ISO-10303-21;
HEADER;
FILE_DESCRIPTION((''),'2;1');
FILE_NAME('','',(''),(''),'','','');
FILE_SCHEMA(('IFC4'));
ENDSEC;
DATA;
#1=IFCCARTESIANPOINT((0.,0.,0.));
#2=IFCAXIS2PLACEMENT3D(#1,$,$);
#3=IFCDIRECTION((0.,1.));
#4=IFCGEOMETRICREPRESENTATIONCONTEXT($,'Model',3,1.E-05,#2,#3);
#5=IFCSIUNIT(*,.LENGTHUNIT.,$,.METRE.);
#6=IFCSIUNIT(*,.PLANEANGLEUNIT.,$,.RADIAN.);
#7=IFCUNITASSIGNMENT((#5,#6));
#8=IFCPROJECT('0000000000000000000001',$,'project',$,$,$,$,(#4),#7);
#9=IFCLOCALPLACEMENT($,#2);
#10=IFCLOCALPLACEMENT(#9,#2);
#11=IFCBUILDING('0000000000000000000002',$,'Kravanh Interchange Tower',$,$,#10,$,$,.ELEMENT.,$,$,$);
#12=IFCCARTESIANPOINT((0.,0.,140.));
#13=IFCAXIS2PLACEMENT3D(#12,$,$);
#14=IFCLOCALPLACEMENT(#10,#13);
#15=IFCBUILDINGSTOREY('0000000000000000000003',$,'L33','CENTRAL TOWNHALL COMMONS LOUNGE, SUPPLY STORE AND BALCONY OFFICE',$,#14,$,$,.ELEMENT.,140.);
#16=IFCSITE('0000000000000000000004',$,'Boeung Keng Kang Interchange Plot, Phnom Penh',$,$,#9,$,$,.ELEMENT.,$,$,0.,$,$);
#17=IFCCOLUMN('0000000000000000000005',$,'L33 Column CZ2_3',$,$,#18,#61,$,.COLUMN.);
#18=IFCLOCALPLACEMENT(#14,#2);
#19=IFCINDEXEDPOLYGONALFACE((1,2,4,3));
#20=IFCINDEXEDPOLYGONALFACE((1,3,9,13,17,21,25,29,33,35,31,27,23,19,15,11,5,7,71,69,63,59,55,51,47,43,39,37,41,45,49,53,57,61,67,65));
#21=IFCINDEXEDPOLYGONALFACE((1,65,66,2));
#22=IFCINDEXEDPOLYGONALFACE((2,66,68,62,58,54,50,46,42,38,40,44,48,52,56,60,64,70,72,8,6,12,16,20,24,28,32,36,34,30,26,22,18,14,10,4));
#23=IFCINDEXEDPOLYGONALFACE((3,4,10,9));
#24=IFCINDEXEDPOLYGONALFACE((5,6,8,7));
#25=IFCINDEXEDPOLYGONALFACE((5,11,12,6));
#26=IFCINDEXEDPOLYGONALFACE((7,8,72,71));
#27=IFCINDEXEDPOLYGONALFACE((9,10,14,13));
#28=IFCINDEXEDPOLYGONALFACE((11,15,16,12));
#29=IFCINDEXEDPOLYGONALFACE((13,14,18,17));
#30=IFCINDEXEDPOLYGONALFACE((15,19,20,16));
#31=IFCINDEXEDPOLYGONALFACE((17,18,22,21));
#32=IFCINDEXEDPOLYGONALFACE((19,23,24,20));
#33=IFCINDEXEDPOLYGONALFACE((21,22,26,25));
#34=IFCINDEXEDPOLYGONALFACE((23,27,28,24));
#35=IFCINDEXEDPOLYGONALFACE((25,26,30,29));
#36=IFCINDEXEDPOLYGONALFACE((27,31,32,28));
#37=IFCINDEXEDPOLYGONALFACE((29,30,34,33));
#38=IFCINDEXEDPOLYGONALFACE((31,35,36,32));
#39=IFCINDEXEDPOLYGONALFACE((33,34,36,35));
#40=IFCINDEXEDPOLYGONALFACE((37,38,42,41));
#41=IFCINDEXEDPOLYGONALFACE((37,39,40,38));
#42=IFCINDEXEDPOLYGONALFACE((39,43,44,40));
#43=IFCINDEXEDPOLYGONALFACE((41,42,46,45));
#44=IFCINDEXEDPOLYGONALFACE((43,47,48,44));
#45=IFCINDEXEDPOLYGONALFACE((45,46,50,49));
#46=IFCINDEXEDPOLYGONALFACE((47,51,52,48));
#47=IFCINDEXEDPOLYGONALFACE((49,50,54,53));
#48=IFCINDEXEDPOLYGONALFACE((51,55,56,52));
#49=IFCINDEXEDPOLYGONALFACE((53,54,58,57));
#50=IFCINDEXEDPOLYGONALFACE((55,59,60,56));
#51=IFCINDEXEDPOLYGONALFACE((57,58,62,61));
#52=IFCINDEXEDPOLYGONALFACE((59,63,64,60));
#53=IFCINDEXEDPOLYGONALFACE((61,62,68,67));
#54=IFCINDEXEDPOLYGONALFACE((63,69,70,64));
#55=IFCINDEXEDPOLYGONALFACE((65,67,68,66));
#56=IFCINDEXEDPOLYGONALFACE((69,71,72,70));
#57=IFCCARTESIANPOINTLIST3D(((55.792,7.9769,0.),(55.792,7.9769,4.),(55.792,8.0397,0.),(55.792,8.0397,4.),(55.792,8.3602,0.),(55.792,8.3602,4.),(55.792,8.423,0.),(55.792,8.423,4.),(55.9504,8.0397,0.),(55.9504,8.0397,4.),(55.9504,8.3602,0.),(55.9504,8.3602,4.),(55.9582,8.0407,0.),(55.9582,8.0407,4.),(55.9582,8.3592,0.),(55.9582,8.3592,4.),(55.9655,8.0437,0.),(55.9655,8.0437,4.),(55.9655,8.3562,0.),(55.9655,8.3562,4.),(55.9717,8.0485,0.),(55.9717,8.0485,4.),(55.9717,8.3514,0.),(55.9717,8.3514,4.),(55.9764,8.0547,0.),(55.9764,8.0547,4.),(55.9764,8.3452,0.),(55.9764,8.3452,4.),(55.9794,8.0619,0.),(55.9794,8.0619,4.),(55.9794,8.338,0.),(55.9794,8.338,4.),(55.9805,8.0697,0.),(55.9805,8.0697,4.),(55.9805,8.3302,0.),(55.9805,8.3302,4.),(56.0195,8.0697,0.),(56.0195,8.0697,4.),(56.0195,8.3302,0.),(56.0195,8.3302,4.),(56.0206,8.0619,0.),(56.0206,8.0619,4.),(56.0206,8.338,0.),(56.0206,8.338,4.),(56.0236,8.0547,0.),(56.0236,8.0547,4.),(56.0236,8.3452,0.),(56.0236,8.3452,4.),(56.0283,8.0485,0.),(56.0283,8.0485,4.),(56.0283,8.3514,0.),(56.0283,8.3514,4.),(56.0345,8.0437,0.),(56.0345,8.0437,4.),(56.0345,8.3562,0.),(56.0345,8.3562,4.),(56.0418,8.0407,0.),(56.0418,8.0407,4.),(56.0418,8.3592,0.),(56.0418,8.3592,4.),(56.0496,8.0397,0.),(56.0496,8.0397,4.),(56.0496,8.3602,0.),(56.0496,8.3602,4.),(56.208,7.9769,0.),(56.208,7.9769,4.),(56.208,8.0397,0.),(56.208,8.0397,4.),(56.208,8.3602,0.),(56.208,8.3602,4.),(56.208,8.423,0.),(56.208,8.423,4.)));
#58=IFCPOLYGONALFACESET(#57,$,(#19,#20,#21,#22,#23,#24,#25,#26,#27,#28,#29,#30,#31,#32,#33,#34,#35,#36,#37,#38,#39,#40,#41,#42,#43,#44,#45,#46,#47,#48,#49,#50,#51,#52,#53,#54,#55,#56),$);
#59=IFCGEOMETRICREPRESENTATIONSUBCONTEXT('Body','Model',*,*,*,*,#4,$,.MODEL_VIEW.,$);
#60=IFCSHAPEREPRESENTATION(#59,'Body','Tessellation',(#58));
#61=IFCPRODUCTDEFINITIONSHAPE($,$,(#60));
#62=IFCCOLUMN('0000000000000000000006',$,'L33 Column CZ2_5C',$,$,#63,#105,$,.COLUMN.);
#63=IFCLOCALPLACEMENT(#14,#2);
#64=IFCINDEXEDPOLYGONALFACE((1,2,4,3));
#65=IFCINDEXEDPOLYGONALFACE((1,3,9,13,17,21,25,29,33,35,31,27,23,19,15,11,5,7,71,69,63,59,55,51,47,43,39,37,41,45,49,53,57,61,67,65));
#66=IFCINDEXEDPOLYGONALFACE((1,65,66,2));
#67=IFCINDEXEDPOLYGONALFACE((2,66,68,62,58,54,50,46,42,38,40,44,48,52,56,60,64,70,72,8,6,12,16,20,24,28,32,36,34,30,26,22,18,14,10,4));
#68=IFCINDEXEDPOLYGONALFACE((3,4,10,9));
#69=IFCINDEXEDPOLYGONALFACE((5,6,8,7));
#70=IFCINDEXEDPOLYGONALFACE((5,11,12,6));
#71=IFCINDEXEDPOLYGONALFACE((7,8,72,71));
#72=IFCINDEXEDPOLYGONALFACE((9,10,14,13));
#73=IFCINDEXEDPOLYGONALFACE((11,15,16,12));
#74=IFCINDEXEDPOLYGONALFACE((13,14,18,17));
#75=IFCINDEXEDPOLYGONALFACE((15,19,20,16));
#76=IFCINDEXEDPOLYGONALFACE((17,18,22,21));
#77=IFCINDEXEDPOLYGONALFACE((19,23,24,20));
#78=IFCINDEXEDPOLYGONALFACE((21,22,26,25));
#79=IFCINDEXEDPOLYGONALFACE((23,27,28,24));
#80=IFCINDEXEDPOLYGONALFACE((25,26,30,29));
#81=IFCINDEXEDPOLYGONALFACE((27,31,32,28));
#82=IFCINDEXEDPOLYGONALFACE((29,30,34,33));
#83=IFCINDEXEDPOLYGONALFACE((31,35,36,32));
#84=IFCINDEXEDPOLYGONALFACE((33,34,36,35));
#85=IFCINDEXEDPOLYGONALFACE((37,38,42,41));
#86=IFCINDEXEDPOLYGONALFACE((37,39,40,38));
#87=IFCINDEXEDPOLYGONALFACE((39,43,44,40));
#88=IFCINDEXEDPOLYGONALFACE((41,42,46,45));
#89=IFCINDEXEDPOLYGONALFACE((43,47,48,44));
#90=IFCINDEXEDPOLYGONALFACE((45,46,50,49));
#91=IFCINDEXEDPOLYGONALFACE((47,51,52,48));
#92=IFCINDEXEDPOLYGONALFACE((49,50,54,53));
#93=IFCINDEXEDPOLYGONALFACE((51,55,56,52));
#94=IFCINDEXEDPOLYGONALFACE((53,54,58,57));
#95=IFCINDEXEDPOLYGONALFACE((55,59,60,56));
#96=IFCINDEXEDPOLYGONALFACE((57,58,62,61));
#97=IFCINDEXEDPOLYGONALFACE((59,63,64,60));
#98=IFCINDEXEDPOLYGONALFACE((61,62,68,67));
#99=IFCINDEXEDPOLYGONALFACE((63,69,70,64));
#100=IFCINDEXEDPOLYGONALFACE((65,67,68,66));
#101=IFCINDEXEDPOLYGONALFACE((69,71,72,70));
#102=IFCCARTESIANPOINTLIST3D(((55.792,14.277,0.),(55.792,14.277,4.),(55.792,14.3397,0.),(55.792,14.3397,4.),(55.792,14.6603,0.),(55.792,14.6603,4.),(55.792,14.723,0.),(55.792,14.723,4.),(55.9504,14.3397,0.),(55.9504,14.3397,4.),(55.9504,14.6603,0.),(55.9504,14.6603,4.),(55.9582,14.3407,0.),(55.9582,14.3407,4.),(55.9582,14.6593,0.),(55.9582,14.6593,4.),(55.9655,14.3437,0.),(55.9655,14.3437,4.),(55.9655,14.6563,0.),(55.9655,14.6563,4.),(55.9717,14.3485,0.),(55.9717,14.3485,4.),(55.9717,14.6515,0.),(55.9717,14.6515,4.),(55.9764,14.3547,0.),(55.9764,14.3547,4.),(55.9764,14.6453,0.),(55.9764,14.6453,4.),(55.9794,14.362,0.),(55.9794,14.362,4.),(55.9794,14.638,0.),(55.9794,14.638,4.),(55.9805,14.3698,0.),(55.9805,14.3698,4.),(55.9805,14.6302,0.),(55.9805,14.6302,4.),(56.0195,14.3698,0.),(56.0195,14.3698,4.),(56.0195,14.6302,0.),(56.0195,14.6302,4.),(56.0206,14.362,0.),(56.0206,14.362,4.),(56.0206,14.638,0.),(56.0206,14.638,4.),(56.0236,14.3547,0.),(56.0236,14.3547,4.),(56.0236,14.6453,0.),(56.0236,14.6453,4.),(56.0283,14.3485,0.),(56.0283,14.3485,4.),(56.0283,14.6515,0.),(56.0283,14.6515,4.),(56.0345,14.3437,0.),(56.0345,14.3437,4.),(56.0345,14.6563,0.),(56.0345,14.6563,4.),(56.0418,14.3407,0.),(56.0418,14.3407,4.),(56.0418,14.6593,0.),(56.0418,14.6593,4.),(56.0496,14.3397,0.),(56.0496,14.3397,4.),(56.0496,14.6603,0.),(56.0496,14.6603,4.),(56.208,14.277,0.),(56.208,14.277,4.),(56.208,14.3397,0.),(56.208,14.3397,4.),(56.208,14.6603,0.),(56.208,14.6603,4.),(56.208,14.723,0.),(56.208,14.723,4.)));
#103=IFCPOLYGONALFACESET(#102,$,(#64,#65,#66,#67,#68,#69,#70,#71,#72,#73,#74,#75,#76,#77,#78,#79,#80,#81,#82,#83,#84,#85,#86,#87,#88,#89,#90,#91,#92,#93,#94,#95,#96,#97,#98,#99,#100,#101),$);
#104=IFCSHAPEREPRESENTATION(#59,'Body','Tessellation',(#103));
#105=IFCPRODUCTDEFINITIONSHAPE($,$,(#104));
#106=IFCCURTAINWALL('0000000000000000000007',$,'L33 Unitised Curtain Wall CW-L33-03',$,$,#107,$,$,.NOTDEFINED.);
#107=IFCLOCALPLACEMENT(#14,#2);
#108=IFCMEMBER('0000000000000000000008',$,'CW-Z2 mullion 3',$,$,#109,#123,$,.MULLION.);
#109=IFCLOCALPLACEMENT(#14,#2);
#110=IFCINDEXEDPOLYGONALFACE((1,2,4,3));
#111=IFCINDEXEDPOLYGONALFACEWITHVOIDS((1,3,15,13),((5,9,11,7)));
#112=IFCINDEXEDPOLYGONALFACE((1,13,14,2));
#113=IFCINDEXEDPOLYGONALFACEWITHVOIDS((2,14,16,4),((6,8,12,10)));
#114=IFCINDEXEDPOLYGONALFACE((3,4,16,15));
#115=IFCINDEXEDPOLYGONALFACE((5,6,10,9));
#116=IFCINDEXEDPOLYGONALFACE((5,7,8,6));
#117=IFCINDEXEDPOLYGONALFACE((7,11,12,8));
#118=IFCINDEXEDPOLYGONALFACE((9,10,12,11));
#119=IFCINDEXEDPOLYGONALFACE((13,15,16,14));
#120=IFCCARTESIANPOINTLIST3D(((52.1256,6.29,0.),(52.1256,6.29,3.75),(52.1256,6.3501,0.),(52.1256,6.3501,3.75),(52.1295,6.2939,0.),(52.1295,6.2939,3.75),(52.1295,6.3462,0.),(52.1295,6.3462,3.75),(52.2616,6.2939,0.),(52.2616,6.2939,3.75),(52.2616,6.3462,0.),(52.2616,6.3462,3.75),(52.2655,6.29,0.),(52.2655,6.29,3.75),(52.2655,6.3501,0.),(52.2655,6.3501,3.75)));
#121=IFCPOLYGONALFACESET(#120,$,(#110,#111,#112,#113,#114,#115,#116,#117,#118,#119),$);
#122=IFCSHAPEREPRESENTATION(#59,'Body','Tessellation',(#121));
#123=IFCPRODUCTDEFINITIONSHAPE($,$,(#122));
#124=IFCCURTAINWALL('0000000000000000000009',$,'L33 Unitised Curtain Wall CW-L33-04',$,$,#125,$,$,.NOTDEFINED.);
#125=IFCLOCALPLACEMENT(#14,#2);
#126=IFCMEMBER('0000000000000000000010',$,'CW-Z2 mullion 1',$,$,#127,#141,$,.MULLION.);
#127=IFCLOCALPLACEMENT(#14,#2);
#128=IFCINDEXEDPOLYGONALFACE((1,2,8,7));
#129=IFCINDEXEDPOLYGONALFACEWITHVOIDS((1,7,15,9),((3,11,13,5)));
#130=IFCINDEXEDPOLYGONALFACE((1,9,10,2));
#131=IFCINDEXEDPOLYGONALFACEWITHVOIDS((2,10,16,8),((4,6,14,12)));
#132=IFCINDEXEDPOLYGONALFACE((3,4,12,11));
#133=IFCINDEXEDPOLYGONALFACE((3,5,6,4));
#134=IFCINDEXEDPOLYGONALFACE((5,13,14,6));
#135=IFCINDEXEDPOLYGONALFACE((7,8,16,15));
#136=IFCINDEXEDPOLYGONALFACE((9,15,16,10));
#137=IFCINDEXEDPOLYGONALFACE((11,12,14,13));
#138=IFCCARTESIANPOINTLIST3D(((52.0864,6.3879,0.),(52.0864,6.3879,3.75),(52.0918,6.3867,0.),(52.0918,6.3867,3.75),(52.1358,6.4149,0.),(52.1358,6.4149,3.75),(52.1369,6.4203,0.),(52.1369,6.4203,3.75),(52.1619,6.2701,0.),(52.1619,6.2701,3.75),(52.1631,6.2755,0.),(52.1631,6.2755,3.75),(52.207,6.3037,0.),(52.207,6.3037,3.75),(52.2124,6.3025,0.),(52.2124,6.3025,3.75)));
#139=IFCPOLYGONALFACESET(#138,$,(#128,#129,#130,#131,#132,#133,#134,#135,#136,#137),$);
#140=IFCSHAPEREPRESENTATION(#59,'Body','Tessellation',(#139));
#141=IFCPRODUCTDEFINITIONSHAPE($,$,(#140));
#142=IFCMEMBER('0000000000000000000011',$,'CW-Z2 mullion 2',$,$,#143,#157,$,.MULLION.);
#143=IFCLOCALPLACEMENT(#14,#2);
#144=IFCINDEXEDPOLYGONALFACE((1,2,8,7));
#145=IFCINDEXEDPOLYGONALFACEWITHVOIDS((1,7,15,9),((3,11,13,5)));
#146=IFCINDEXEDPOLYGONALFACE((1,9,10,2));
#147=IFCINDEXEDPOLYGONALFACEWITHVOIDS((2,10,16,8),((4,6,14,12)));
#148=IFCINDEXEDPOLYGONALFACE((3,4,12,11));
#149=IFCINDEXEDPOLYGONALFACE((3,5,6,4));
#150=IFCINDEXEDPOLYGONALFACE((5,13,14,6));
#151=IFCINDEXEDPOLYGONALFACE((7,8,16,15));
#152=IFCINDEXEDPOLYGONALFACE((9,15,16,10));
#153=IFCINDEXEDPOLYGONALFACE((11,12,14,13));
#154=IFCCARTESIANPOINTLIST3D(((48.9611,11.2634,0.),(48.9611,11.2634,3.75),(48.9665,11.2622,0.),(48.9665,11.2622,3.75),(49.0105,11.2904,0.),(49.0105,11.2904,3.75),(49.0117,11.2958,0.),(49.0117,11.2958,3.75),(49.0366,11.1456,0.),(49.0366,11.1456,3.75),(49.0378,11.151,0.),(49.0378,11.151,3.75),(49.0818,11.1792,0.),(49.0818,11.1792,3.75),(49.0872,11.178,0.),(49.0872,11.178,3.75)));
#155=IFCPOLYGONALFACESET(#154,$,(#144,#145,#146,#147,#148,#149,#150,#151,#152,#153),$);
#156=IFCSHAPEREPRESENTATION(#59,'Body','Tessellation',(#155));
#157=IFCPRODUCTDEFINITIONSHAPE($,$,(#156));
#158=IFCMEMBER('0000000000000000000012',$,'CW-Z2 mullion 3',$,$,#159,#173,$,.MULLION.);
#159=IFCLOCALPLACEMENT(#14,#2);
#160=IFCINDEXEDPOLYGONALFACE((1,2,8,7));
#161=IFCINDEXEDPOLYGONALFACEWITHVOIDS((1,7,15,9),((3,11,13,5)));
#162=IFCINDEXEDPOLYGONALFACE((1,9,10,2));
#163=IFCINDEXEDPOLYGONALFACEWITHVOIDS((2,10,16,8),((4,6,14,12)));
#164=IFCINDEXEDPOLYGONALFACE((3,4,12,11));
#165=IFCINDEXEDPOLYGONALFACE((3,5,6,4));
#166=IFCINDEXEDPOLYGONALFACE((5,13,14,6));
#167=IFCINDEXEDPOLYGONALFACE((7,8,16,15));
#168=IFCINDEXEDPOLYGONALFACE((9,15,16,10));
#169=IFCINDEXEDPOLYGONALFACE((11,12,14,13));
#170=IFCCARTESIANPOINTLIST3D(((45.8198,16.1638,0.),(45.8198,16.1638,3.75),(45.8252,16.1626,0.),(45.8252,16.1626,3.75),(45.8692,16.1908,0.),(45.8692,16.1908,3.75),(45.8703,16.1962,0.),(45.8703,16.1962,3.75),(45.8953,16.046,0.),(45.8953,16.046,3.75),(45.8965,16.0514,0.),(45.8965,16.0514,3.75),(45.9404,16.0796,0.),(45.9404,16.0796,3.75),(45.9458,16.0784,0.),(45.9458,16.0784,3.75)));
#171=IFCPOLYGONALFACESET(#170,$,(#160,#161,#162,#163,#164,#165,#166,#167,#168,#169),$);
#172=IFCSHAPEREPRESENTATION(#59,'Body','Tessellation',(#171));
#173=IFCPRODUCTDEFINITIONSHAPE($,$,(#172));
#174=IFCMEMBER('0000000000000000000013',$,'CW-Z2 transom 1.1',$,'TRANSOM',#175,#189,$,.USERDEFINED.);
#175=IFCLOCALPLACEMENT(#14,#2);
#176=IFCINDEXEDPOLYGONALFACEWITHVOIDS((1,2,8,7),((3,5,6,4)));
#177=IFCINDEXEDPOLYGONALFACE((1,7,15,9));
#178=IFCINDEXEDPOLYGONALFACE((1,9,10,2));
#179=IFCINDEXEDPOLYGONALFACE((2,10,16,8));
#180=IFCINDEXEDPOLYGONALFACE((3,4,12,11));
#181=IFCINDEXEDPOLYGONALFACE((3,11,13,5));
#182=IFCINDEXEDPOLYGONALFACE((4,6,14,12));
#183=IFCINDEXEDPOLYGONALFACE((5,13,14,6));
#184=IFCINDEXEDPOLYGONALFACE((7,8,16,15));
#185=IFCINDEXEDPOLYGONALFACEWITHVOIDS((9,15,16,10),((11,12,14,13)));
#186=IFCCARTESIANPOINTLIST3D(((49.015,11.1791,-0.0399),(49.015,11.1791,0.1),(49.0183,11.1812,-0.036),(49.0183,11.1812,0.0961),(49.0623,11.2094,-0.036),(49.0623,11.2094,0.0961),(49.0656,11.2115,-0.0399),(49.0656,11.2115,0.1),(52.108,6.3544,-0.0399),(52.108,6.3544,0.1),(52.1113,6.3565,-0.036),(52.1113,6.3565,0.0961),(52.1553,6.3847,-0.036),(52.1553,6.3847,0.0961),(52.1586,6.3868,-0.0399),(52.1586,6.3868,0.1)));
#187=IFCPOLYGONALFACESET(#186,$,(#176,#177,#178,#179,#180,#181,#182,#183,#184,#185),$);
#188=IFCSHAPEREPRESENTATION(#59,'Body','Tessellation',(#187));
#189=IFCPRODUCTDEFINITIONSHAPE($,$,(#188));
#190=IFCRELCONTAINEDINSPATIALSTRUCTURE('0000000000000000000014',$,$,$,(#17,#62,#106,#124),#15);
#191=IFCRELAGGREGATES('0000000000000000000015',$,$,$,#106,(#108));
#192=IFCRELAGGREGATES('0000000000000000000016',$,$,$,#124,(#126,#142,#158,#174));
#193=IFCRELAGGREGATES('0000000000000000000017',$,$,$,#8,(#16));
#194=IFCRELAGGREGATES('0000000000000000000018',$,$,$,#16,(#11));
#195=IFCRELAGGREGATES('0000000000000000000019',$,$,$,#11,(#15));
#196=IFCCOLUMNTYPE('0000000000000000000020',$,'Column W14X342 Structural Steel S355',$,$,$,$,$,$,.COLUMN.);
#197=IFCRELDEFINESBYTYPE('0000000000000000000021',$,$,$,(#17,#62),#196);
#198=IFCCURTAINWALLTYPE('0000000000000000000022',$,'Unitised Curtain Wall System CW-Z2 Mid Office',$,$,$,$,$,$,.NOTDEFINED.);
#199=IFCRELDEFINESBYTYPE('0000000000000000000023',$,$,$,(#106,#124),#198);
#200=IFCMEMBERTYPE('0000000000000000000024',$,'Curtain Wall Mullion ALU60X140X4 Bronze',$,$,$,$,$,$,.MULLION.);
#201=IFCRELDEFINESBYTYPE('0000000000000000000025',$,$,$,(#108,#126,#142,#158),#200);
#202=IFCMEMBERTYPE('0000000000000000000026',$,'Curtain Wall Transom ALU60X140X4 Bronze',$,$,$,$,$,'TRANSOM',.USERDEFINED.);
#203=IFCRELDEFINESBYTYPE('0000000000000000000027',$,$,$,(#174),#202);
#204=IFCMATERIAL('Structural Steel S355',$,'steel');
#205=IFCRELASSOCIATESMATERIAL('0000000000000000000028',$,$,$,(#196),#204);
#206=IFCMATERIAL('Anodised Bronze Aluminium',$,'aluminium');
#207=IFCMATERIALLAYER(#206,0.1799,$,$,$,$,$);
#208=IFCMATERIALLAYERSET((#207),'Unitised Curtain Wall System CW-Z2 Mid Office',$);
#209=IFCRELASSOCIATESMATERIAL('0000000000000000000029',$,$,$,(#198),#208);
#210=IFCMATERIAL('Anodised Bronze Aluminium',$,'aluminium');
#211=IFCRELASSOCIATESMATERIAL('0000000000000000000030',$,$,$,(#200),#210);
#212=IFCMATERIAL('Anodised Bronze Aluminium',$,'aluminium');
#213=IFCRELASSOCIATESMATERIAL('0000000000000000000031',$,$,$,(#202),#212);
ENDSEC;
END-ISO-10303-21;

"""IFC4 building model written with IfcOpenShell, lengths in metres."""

from ifc_helpers import new_model, si_unit, direction, frame, origin, origin_2d, place, context, subcontext, project, spatial, hollow_rectangle, i_section, extrude, material, layer, layer_set, material_profile, profile_set, type_object, element, aggregate, save


model = new_model("IFC4")

# Units and contexts
model_context = context("Model", 3, precision=1e-05, world=origin(), true_north=direction((0.0, 1.0)))
body_context = subcontext(model_context, "Body", "Model", "MODEL_VIEW")
ifc_project = project(units=[si_unit("LENGTHUNIT", "METRE"), si_unit("PLANEANGLEUNIT", "RADIAN")], contexts=[model_context])

# Site, building, storey
site_placement = place(None, origin())
site = spatial("IfcSite", under=ifc_project, at=site_placement, Name="Boeung Keng Kang Interchange Plot, Phnom Penh", CompositionType="ELEMENT", RefElevation=0.0)
building_placement = place(site_placement, origin())
building = spatial("IfcBuilding", under=site, at=building_placement, Name="Kravanh Interchange Tower", CompositionType="ELEMENT")
storey_placement = place(building_placement, frame((0.0, 0.0, 140.0)))
storey = spatial("IfcBuildingStorey", under=building, at=storey_placement, Name="L33", Description="CENTRAL TOWNHALL COMMONS LOUNGE, SUPPLY STORE AND BALCONY OFFICE", CompositionType="ELEMENT", Elevation=140.0)

# Columns
ifc_material_1 = material(Name="Structural Steel S355", Category="steel")
ifc_material_profile_1 = material_profile(ifc_material_1, i_section(OverallWidth=0.416, OverallDepth=0.446, WebThickness=0.0391, FlangeThickness=0.0627, FilletRadius=0.03, at=origin_2d()), Name="W14X342")
ifc_profile_set_1 = profile_set([ifc_material_profile_1], Name="Structural Steel S355")
column_type = type_object("IfcColumnType", Name="Column W14X342 Structural Steel S355", PredefinedType="COLUMN", material=ifc_profile_set_1)
for number, where, z_axis, x_axis, name in (
    (1, (56.0, 8.2, 0.0), (0.0, 0.0, 1.0), (1.0, 0.0, 0.0), "L33 Column CZ2_3"),
    (2, (56.0, 14.5, 0.0), (0.0, 0.0, 1.0), (1.0, 0.0, 0.0), "L33 Column CZ2_5C"),
):
    element("IfcColumn", number, at=place(storey_placement, frame(where, z_axis=z_axis, x_axis=x_axis)), inside=storey, type_object=column_type, Name=name, PredefinedType="COLUMN", context=body_context, shape_type="SweptSolid", body=[
        extrude(i_section(OverallWidth=0.416, OverallDepth=0.446, WebThickness=0.0391, FlangeThickness=0.0627, FilletRadius=0.03, at=origin_2d()), origin(), (0.0, 0.0, 1.0), 4.0),
    ])

# Curtain wall, member
ifc_material_2 = material(Name="Anodised Bronze Aluminium", Category="aluminium")
ifc_layer_1 = layer(ifc_material_2, 0.1799)
ifc_layer_set_1 = layer_set([ifc_layer_1], Name="Unitised Curtain Wall System CW-Z2 Mid Office")
curtain_wall_type = type_object("IfcCurtainWallType", Name="Unitised Curtain Wall System CW-Z2 Mid Office", PredefinedType="NOTDEFINED", material=ifc_layer_set_1)
curtain_wall_1_placement = place(storey_placement, origin())
curtain_wall_1 = element("IfcCurtainWall", 3, at=curtain_wall_1_placement, inside=storey, type_object=curtain_wall_type, Name="L33 Unitised Curtain Wall CW-L33-03", PredefinedType="NOTDEFINED")
ifc_material_3 = material(Name="Anodised Bronze Aluminium", Category="aluminium")
ifc_material_profile_2 = material_profile(ifc_material_3, hollow_rectangle(XDim=0.0601, YDim=0.1399, WallThickness=0.0039, at=origin_2d()), Name="ALU60X140X4")
ifc_profile_set_2 = profile_set([ifc_material_profile_2], Name="Anodised Bronze Aluminium")
member_type_1 = type_object("IfcMemberType", Name="Curtain Wall Mullion ALU60X140X4 Bronze", PredefinedType="MULLION", material=ifc_profile_set_2)
member_1_placement = place(storey_placement, frame((52.1956, 6.3201, 0.0), z_axis=(0.0, 0.0, 1.0), x_axis=(0.0, -1.0, 0.0)))
member_1 = element("IfcMember", 4, at=member_1_placement, type_object=member_type_1, Name="CW-Z2 mullion 3", PredefinedType="MULLION", context=body_context, shape_type="SweptSolid", body=[
    extrude(hollow_rectangle(XDim=0.0601, YDim=0.1399, WallThickness=0.0039, at=origin_2d()), origin(), (0.0, 0.0, 1.0), 3.75),
])

# Curtain wall, members
curtain_wall_2_placement = place(storey_placement, origin())
curtain_wall_2 = element("IfcCurtainWall", 5, at=curtain_wall_2_placement, inside=storey, type_object=curtain_wall_type, Name="L33 Unitised Curtain Wall CW-L33-04", PredefinedType="NOTDEFINED")
member_2_placement = place(storey_placement, frame((52.1494, 6.3452, 0.0), z_axis=(0.0, 0.0, 1.0), x_axis=(-0.84188, -0.539665, 0.0)))
member_2 = element("IfcMember", 6, at=member_2_placement, type_object=member_type_1, Name="CW-Z2 mullion 1", PredefinedType="MULLION", context=body_context, shape_type="SweptSolid", body=[
    extrude(hollow_rectangle(XDim=0.0601, YDim=0.1399, WallThickness=0.0039, at=origin_2d()), origin(), (0.0, 0.0, 1.0), 3.75),
])
member_3_placement = place(storey_placement, frame((49.0242, 11.2207, 0.0), z_axis=(0.0, 0.0, 1.0), x_axis=(-0.84188, -0.539665, 0.0)))
member_3 = element("IfcMember", 7, at=member_3_placement, type_object=member_type_1, Name="CW-Z2 mullion 2", PredefinedType="MULLION", context=body_context, shape_type="SweptSolid", body=[
    extrude(hollow_rectangle(XDim=0.0601, YDim=0.1399, WallThickness=0.0039, at=origin_2d()), origin(), (0.0, 0.0, 1.0), 3.75),
])
member_4_placement = place(storey_placement, frame((45.8828, 16.1211, 0.0), z_axis=(0.0, 0.0, 1.0), x_axis=(-0.84188, -0.539665, 0.0)))
member_4 = element("IfcMember", 8, at=member_4_placement, type_object=member_type_1, Name="CW-Z2 mullion 3", PredefinedType="MULLION", context=body_context, shape_type="SweptSolid", body=[
    extrude(hollow_rectangle(XDim=0.0601, YDim=0.1399, WallThickness=0.0039, at=origin_2d()), origin(), (0.0, 0.0, 1.0), 3.75),
])
ifc_material_4 = material(Name="Anodised Bronze Aluminium", Category="aluminium")
ifc_material_profile_3 = material_profile(ifc_material_4, hollow_rectangle(XDim=0.0601, YDim=0.1399, WallThickness=0.0039, at=origin_2d()), Name="ALU60X140X4")
ifc_profile_set_3 = profile_set([ifc_material_profile_3], Name="Anodised Bronze Aluminium")
member_type_2 = type_object("IfcMemberType", Name="Curtain Wall Transom ALU60X140X4 Bronze", ElementType="TRANSOM", PredefinedType="USERDEFINED", material=ifc_profile_set_3)
member_5_placement = place(storey_placement, frame((52.1333, 6.3706, 0.03), z_axis=(-0.539698, 0.841859, 0.0), x_axis=(-0.841859, -0.539698, 0.0)))
member_5 = element("IfcMember", 9, at=member_5_placement, type_object=member_type_2, Name="CW-Z2 transom 1.1", ObjectType="TRANSOM", PredefinedType="USERDEFINED", context=body_context, shape_type="SweptSolid", body=[
    extrude(hollow_rectangle(XDim=0.0601, YDim=0.1399, WallThickness=0.0039, at=origin_2d()), origin(), (0.0, 0.0, 1.0), 5.731),
])

aggregate(curtain_wall_1, [member_1])
aggregate(curtain_wall_2, [member_2, member_3, member_4, member_5])

save(model, "model.ifc")
